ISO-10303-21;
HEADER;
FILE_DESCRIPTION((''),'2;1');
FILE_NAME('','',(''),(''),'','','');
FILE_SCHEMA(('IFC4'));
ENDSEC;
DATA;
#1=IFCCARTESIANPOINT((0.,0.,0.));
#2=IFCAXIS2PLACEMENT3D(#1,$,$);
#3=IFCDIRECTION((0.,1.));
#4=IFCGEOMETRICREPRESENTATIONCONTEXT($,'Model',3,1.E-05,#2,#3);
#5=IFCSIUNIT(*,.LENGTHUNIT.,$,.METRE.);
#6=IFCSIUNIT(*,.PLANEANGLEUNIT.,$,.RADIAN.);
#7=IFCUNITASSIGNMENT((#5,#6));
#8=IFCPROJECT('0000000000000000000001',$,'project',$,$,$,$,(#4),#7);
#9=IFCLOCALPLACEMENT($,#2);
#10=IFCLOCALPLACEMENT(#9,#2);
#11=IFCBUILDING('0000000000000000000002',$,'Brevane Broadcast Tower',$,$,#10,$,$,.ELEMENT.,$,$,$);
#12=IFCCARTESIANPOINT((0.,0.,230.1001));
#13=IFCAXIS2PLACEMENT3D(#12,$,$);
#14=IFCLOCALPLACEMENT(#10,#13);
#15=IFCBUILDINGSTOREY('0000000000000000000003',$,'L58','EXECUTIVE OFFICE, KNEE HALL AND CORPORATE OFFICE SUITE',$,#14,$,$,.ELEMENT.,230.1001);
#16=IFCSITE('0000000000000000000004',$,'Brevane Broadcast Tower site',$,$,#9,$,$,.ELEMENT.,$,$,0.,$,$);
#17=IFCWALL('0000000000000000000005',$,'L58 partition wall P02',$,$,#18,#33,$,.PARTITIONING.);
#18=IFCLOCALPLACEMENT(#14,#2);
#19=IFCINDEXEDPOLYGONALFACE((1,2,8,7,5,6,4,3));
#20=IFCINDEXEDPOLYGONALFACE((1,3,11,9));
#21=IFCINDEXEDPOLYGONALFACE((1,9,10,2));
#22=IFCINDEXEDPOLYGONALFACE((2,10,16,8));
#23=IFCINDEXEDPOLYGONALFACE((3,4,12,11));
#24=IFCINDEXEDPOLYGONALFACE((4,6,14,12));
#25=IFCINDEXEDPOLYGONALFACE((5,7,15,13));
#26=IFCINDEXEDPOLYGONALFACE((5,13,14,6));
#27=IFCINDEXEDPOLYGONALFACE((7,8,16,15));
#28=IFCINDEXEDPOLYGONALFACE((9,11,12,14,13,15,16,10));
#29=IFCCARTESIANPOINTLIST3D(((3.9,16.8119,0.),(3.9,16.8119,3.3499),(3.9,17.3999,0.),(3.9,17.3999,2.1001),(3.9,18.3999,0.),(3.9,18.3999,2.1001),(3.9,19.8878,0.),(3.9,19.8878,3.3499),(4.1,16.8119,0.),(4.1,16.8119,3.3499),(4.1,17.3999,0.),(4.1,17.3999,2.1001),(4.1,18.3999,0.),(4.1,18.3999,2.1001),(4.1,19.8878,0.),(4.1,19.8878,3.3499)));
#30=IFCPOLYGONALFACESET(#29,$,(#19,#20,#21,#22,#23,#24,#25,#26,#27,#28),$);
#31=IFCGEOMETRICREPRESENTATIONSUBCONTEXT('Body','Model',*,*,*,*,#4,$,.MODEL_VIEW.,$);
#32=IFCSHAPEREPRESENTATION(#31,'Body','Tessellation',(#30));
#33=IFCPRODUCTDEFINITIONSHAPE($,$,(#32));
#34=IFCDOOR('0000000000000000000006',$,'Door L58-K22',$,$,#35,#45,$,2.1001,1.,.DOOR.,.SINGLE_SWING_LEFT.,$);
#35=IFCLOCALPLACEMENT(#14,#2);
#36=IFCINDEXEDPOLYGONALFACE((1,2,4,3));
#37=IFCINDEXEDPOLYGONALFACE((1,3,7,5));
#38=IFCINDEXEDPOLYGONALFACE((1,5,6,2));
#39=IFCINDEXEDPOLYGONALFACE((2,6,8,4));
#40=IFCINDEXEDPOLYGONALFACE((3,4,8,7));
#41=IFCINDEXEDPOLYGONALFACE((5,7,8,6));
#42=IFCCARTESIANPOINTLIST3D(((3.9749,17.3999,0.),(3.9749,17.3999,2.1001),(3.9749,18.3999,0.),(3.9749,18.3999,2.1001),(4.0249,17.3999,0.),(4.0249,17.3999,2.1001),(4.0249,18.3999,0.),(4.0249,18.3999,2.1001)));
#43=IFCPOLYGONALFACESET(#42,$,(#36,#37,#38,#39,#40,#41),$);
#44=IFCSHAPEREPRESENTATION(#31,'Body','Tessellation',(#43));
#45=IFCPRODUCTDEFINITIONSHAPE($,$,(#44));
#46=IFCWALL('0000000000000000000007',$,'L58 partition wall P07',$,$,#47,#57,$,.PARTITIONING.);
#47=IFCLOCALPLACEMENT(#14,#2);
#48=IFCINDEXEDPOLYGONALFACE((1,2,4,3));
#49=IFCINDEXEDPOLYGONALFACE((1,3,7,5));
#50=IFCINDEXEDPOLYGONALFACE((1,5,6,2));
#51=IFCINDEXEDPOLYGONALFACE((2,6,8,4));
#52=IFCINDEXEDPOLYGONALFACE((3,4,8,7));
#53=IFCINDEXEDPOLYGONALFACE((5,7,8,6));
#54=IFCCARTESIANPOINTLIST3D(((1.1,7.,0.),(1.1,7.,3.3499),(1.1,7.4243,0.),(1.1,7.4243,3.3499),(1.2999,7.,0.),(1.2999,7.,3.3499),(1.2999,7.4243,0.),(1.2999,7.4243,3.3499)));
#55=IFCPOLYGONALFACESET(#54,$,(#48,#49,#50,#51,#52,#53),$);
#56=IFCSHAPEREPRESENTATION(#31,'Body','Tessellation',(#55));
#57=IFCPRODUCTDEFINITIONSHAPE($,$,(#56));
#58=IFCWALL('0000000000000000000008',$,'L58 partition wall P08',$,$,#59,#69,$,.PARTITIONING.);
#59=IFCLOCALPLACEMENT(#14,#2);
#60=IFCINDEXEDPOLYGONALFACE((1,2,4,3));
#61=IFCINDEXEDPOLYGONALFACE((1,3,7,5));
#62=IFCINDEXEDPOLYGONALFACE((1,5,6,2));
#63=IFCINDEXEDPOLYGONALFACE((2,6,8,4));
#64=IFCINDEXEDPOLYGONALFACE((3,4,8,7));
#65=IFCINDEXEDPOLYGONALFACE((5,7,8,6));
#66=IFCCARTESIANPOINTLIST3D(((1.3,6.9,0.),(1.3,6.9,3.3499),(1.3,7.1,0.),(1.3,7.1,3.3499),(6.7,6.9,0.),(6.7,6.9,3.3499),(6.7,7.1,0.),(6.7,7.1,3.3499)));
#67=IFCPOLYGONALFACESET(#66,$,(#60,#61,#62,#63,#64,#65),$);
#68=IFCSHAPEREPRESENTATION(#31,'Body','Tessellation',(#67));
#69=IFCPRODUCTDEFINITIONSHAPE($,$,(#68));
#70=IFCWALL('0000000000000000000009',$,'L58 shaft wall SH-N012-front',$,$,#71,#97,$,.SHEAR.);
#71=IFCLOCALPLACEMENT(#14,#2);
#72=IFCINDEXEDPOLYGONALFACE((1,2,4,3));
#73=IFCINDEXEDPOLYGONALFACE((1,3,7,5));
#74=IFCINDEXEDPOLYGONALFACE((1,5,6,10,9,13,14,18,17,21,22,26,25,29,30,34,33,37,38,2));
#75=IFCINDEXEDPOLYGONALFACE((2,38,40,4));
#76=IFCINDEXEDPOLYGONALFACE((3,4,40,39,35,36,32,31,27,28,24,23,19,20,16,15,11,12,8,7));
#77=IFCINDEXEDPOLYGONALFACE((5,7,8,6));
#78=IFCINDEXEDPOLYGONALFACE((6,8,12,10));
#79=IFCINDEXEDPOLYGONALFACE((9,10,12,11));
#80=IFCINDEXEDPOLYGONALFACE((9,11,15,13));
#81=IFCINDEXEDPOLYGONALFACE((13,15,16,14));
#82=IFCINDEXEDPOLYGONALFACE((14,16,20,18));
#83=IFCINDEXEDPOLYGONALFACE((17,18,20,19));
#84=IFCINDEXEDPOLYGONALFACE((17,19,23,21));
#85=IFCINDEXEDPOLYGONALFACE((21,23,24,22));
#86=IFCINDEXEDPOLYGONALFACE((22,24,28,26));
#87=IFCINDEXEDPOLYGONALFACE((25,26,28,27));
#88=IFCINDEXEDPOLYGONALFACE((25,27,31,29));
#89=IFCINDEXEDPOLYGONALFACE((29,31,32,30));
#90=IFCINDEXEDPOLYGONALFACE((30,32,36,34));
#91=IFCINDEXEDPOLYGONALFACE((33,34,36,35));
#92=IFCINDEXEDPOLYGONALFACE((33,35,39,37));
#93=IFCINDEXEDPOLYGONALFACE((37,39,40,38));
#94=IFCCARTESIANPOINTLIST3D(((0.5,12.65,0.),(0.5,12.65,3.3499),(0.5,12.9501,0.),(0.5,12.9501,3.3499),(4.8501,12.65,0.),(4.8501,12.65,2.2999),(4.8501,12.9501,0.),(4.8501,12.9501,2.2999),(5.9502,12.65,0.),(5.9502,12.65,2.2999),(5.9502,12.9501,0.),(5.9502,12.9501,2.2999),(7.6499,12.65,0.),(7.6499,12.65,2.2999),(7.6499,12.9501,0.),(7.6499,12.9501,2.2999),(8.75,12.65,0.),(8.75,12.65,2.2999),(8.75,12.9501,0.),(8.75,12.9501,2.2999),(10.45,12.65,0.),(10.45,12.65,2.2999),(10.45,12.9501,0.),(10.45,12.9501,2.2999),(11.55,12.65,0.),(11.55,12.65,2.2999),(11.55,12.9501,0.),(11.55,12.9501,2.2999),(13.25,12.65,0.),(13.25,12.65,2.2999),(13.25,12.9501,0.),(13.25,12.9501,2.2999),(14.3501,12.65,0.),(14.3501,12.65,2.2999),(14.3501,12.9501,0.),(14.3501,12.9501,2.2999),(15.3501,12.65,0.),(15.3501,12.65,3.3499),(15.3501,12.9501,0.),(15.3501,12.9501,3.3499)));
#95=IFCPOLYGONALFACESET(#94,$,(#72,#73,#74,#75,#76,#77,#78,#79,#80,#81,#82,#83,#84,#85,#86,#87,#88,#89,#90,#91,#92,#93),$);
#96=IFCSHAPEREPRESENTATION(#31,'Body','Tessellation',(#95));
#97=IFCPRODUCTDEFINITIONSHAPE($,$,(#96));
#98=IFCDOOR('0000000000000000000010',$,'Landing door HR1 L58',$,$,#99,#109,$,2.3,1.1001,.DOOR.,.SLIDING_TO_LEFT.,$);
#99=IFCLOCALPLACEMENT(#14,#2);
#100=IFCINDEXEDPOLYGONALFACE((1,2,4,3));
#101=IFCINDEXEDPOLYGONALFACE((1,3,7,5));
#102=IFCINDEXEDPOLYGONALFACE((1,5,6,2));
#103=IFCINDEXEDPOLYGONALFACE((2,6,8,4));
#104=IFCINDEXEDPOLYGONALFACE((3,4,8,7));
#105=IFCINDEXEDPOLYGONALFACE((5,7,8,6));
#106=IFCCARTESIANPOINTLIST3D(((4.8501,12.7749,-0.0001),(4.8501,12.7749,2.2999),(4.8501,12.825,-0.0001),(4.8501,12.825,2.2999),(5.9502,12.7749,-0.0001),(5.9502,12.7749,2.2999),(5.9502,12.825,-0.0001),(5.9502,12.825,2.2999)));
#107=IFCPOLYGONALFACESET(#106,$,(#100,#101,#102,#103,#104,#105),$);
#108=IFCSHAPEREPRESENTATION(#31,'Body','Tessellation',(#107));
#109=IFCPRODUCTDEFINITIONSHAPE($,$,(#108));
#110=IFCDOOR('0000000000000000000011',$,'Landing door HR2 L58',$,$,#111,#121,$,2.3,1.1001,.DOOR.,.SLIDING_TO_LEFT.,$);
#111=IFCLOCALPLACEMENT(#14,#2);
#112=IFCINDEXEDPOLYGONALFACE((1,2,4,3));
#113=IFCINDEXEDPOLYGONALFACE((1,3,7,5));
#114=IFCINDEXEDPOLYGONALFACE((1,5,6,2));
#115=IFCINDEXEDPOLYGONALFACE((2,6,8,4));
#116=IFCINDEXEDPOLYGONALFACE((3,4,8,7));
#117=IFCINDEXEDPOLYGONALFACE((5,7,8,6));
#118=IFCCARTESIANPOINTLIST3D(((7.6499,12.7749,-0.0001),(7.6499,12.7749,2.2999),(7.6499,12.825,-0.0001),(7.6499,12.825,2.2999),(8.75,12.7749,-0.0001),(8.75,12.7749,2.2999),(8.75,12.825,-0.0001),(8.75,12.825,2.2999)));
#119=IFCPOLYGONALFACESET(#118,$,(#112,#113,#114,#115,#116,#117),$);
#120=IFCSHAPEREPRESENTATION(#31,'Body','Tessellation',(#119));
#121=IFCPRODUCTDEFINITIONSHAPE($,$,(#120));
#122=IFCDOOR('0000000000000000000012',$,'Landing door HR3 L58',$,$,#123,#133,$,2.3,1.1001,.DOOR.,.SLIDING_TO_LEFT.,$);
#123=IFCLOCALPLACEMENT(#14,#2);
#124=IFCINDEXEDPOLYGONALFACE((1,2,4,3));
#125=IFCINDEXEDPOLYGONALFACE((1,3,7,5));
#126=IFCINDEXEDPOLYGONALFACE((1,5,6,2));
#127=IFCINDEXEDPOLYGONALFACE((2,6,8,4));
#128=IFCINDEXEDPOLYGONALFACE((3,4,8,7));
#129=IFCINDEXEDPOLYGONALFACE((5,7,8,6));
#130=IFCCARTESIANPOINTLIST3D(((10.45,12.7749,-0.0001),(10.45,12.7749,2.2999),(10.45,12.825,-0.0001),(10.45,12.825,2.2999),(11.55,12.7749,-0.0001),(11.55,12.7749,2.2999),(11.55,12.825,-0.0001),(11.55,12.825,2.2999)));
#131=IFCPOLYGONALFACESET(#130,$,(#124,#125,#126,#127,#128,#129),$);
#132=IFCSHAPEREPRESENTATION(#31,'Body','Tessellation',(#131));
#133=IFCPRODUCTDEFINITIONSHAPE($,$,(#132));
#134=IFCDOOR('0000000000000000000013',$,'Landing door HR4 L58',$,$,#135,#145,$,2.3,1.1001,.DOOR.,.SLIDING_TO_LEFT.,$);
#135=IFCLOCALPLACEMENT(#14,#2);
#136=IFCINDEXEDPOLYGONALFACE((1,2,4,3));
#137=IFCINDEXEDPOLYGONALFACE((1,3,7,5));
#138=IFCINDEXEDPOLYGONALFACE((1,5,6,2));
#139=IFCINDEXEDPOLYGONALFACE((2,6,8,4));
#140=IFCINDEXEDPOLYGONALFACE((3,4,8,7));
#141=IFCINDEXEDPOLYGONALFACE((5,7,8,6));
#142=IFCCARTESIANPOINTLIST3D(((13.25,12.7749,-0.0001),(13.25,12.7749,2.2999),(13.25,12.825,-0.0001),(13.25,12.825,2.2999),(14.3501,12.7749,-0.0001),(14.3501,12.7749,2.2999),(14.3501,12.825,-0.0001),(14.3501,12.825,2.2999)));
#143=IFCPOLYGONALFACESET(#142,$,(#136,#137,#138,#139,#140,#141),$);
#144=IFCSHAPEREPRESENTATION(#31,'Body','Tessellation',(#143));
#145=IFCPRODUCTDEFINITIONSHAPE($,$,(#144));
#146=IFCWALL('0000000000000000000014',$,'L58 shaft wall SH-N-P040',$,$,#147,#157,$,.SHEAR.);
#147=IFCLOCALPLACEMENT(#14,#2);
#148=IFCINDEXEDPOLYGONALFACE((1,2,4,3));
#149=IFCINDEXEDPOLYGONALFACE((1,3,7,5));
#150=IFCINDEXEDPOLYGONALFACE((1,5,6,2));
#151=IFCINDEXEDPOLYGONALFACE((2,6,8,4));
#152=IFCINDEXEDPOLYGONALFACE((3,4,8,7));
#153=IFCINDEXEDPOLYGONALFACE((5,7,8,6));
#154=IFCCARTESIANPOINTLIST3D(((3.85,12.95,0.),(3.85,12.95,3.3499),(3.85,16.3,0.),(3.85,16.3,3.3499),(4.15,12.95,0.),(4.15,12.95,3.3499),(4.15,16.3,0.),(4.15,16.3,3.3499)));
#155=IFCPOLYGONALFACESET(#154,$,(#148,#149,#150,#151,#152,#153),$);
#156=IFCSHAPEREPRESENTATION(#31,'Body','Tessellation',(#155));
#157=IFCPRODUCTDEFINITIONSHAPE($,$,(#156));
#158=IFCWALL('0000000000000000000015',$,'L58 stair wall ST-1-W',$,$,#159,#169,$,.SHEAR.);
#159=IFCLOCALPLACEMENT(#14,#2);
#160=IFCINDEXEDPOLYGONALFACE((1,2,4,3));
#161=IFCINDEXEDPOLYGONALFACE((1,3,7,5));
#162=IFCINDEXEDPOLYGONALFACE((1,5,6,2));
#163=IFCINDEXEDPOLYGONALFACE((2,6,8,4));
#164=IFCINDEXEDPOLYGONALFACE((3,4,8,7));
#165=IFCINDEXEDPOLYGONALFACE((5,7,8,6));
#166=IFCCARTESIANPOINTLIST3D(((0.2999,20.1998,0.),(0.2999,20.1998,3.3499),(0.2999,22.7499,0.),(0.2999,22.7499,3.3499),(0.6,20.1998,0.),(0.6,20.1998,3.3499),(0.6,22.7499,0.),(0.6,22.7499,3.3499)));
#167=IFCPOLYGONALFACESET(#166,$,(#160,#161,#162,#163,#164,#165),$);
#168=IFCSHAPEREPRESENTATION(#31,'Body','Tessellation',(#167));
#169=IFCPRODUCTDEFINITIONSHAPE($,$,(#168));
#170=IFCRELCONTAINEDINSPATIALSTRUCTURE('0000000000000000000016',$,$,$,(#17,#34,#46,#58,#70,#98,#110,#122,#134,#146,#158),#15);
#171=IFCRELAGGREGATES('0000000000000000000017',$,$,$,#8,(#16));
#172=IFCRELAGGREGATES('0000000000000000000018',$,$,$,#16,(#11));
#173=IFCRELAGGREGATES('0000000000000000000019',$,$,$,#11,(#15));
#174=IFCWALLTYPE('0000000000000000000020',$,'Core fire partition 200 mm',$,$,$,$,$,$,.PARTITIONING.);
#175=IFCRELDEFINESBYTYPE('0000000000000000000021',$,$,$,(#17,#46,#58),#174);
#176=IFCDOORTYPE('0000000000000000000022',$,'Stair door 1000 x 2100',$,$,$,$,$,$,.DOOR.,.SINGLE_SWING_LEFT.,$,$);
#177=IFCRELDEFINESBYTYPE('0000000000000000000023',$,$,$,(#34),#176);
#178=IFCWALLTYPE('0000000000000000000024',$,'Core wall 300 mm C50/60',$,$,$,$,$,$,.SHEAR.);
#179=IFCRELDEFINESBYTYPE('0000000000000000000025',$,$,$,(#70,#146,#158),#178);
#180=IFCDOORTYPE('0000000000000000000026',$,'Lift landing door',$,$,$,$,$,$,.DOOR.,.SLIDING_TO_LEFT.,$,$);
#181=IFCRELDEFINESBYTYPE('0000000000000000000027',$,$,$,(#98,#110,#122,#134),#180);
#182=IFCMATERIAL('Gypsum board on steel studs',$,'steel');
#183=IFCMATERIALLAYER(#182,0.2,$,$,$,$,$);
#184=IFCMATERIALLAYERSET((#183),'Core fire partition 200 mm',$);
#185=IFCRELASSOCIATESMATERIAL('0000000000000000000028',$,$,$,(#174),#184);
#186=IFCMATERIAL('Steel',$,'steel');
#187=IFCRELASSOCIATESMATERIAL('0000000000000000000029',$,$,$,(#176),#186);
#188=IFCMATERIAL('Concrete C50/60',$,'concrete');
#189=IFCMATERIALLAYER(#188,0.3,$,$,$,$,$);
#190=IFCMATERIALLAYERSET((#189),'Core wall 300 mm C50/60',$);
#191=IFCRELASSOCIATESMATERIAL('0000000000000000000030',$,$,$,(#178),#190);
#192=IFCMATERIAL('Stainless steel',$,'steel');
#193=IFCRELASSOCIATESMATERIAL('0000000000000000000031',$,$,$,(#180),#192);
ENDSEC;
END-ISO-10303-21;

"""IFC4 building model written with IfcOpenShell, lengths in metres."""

from ifc_helpers import new_model, si_unit, direction, frame, frame_2d, origin, place, context, subcontext, project, spatial, rectangle, extrude, material, layer, layer_set, type_object, element, fill, save


model = new_model("IFC4")

# Units and contexts
model_context = context("Model", 3, precision=1e-05, world=origin(), true_north=direction((0.0, 1.0)))
body_context = subcontext(model_context, "Body", "Model", "MODEL_VIEW")
ifc_project = project(units=[si_unit("LENGTHUNIT", "METRE"), si_unit("PLANEANGLEUNIT", "RADIAN")], contexts=[model_context])

# Site, building, storey
site_placement = place(None, origin())
site = spatial("IfcSite", under=ifc_project, at=site_placement, Name="Brevane Broadcast Tower site", CompositionType="ELEMENT", RefElevation=0.0)
building_placement = place(site_placement, origin())
building = spatial("IfcBuilding", under=site, at=building_placement, Name="Brevane Broadcast Tower", CompositionType="ELEMENT")
storey_placement = place(building_placement, frame((0.0, 0.0, 230.1001)))
storey = spatial("IfcBuildingStorey", under=building, at=storey_placement, Name="L58", Description="EXECUTIVE OFFICE, KNEE HALL AND CORPORATE OFFICE SUITE", CompositionType="ELEMENT", Elevation=230.1001)

# Shared definitions
ifc_material_1 = material(Name="Gypsum board on steel studs", Category="steel")
ifc_layer_1 = layer(ifc_material_1, 0.2)
ifc_layer_set_1 = layer_set([ifc_layer_1], Name="Core fire partition 200 mm")
wall_type_1 = type_object("IfcWallType", Name="Core fire partition 200 mm", PredefinedType="PARTITIONING", material=ifc_layer_set_1)

# Wall, opening, door
wall_1_placement = place(storey_placement, frame((4.0, 19.8879, 0.0), z_axis=(0.0, 0.0, 1.0), x_axis=(0.0, -1.0, 0.0)))
wall_1 = element("IfcWall", 1, at=wall_1_placement, inside=storey, type_object=wall_type_1, Name="L58 partition wall P02", PredefinedType="PARTITIONING", context=body_context, shape_type="SweptSolid", body=[
    extrude(rectangle(XDim=3.0759, YDim=0.2, at=frame_2d((1.5381, 0.0))), origin(), (0.0, 0.0, 1.0), 3.3499),
])
opening_1_placement = place(wall_1_placement, frame((1.488, 0.0, 0.0)))
opening_1 = element("IfcOpeningElement", 2, at=opening_1_placement, cuts=wall_1, PredefinedType="OPENING", context=body_context, shape_type="SweptSolid", body=[
    extrude(rectangle(XDim=1.0, YDim=2.1001, at=frame_2d((0.5, 1.05))), frame((0.0, 0.1099, 0.0), z_axis=(0.0, -1.0, 0.0), x_axis=(1.0, 0.0, 0.0)), (0.0, 0.0, 1.0), 0.22),
])
ifc_material_2 = material(Name="Steel", Category="steel")
door_type_1 = type_object("IfcDoorType", Name="Stair door 1000 x 2100", OperationType="SINGLE_SWING_LEFT", PredefinedType="DOOR", material=ifc_material_2)
door_1_placement = place(opening_1_placement, origin())
door_1 = element("IfcDoor", 3, at=door_1_placement, inside=storey, type_object=door_type_1, Name="Door L58-K22", OperationType="SINGLE_SWING_LEFT", OverallHeight=2.1001, OverallWidth=1.0, PredefinedType="DOOR", context=body_context, shape_type="SweptSolid", body=[
    extrude(rectangle(XDim=1.0, YDim=2.1001, at=frame_2d((0.5, 1.05))), frame((0.0, 0.0249, 0.0), z_axis=(0.0, -1.0, 0.0), x_axis=(1.0, 0.0, 0.0)), (0.0, 0.0, 1.0), 0.05),
])
fill(opening_1, door_1)

# Walls
wall_2_placement = place(storey_placement, frame((1.2, 7.4243, 0.0), z_axis=(0.0, 0.0, 1.0), x_axis=(0.0, -1.0, 0.0)))
element("IfcWall", 4, at=wall_2_placement, inside=storey, type_object=wall_type_1, Name="L58 partition wall P07", PredefinedType="PARTITIONING", context=body_context, shape_type="SweptSolid", body=[
    extrude(rectangle(XDim=0.4243, YDim=0.2, at=frame_2d((0.2122, 0.0))), origin(), (0.0, 0.0, 1.0), 3.3499),
])
wall_3_placement = place(storey_placement, frame((1.3, 7.0, 0.0), z_axis=(0.0, 0.0, 1.0), x_axis=(1.0, 0.0, 0.0)))
element("IfcWall", 5, at=wall_3_placement, inside=storey, type_object=wall_type_1, Name="L58 partition wall P08", PredefinedType="PARTITIONING", context=body_context, shape_type="SweptSolid", body=[
    extrude(rectangle(XDim=5.3999, YDim=0.2, at=frame_2d((2.7, 0.0))), origin(), (0.0, 0.0, 1.0), 3.3499),
])

# Wall, openings, doors
ifc_material_3 = material(Name="Concrete C50/60", Category="concrete")
ifc_layer_2 = layer(ifc_material_3, 0.3)
ifc_layer_set_2 = layer_set([ifc_layer_2], Name="Core wall 300 mm C50/60")
wall_type_2 = type_object("IfcWallType", Name="Core wall 300 mm C50/60", PredefinedType="SHEAR", material=ifc_layer_set_2)
wall_4_placement = place(storey_placement, frame((0.5, 12.8, 0.0), z_axis=(0.0, 0.0, 1.0), x_axis=(1.0, 0.0, 0.0)))
wall_4 = element("IfcWall", 6, at=wall_4_placement, inside=storey, type_object=wall_type_2, Name="L58 shaft wall SH-N012-front", PredefinedType="SHEAR", context=body_context, shape_type="SweptSolid", body=[
    extrude(rectangle(XDim=14.8501, YDim=0.3, at=frame_2d((7.425, 0.0))), origin(), (0.0, 0.0, 1.0), 3.3499),
])
opening_2_placement = place(wall_4_placement, frame((4.3501, 0.0, 0.0)))
opening_2 = element("IfcOpeningElement", 7, at=opening_2_placement, cuts=wall_4, PredefinedType="OPENING", context=body_context, shape_type="SweptSolid", body=[
    extrude(rectangle(XDim=1.1001, YDim=2.3, at=frame_2d((0.55, 1.1499))), frame((0.0, 0.1599, 0.0), z_axis=(0.0, -1.0, 0.0), x_axis=(1.0, 0.0, 0.0)), (0.0, 0.0, 1.0), 0.3201),
])
opening_3_placement = place(wall_4_placement, frame((7.1499, 0.0, 0.0)))
opening_3 = element("IfcOpeningElement", 8, at=opening_3_placement, cuts=wall_4, PredefinedType="OPENING", context=body_context, shape_type="SweptSolid", body=[
    extrude(rectangle(XDim=1.1001, YDim=2.3, at=frame_2d((0.55, 1.1499))), frame((0.0, 0.1599, 0.0), z_axis=(0.0, -1.0, 0.0), x_axis=(1.0, 0.0, 0.0)), (0.0, 0.0, 1.0), 0.3201),
])
opening_4_placement = place(wall_4_placement, frame((9.95, 0.0, 0.0)))
opening_4 = element("IfcOpeningElement", 9, at=opening_4_placement, cuts=wall_4, PredefinedType="OPENING", context=body_context, shape_type="SweptSolid", body=[
    extrude(rectangle(XDim=1.1001, YDim=2.3, at=frame_2d((0.55, 1.1499))), frame((0.0, 0.1599, 0.0), z_axis=(0.0, -1.0, 0.0), x_axis=(1.0, 0.0, 0.0)), (0.0, 0.0, 1.0), 0.3201),
])
opening_5_placement = place(wall_4_placement, frame((12.75, 0.0, 0.0)))
opening_5 = element("IfcOpeningElement", 10, at=opening_5_placement, cuts=wall_4, PredefinedType="OPENING", context=body_context, shape_type="SweptSolid", body=[
    extrude(rectangle(XDim=1.1001, YDim=2.3, at=frame_2d((0.55, 1.1499))), frame((0.0, 0.1599, 0.0), z_axis=(0.0, -1.0, 0.0), x_axis=(1.0, 0.0, 0.0)), (0.0, 0.0, 1.0), 0.3201),
])
ifc_material_4 = material(Name="Stainless steel", Category="steel")
door_type_2 = type_object("IfcDoorType", Name="Lift landing door", OperationType="SLIDING_TO_LEFT", PredefinedType="DOOR", material=ifc_material_4)
door_2_placement = place(opening_2_placement, origin())
door_2 = element("IfcDoor", 11, at=door_2_placement, inside=storey, type_object=door_type_2, Name="Landing door HR1 L58", OperationType="SLIDING_TO_LEFT", OverallHeight=2.3, OverallWidth=1.1001, PredefinedType="DOOR", context=body_context, shape_type="SweptSolid", body=[
    extrude(rectangle(XDim=1.1001, YDim=2.3, at=frame_2d((0.55, 1.1499))), frame((0.0, 0.0249, 0.0), z_axis=(0.0, -1.0, 0.0), x_axis=(1.0, 0.0, 0.0)), (0.0, 0.0, 1.0), 0.05),
])
fill(opening_2, door_2)
door_3_placement = place(opening_3_placement, origin())
door_3 = element("IfcDoor", 12, at=door_3_placement, inside=storey, type_object=door_type_2, Name="Landing door HR2 L58", OperationType="SLIDING_TO_LEFT", OverallHeight=2.3, OverallWidth=1.1001, PredefinedType="DOOR", context=body_context, shape_type="SweptSolid", body=[
    extrude(rectangle(XDim=1.1001, YDim=2.3, at=frame_2d((0.55, 1.1499))), frame((0.0, 0.0249, 0.0), z_axis=(0.0, -1.0, 0.0), x_axis=(1.0, 0.0, 0.0)), (0.0, 0.0, 1.0), 0.05),
])
fill(opening_3, door_3)
door_4_placement = place(opening_4_placement, origin())
door_4 = element("IfcDoor", 13, at=door_4_placement, inside=storey, type_object=door_type_2, Name="Landing door HR3 L58", OperationType="SLIDING_TO_LEFT", OverallHeight=2.3, OverallWidth=1.1001, PredefinedType="DOOR", context=body_context, shape_type="SweptSolid", body=[
    extrude(rectangle(XDim=1.1001, YDim=2.3, at=frame_2d((0.55, 1.1499))), frame((0.0, 0.0249, 0.0), z_axis=(0.0, -1.0, 0.0), x_axis=(1.0, 0.0, 0.0)), (0.0, 0.0, 1.0), 0.05),
])
fill(opening_4, door_4)
door_5_placement = place(opening_5_placement, origin())
door_5 = element("IfcDoor", 14, at=door_5_placement, inside=storey, type_object=door_type_2, Name="Landing door HR4 L58", OperationType="SLIDING_TO_LEFT", OverallHeight=2.3, OverallWidth=1.1001, PredefinedType="DOOR", context=body_context, shape_type="SweptSolid", body=[
    extrude(rectangle(XDim=1.1001, YDim=2.3, at=frame_2d((0.55, 1.1499))), frame((0.0, 0.0249, 0.0), z_axis=(0.0, -1.0, 0.0), x_axis=(1.0, 0.0, 0.0)), (0.0, 0.0, 1.0), 0.05),
])
fill(opening_5, door_5)

# Walls
wall_5_placement = place(storey_placement, frame((4.0, 12.95, 0.0), z_axis=(0.0, 0.0, 1.0), x_axis=(0.0, 1.0, 0.0)))
element("IfcWall", 15, at=wall_5_placement, inside=storey, type_object=wall_type_2, Name="L58 shaft wall SH-N-P040", PredefinedType="SHEAR", context=body_context, shape_type="SweptSolid", body=[
    extrude(rectangle(XDim=3.3501, YDim=0.3, at=frame_2d((1.675, 0.0))), origin(), (0.0, 0.0, 1.0), 3.3499),
])
wall_6_placement = place(storey_placement, frame((0.45, 20.2, 0.0), z_axis=(0.0, 0.0, 1.0), x_axis=(0.0, 1.0, 0.0)))
element("IfcWall", 16, at=wall_6_placement, inside=storey, type_object=wall_type_2, Name="L58 stair wall ST-1-W", PredefinedType="SHEAR", context=body_context, shape_type="SweptSolid", body=[
    extrude(rectangle(XDim=2.55, YDim=0.3, at=frame_2d((1.2749, 0.0))), origin(), (0.0, 0.0, 1.0), 3.3499),
])

save(model, "model.ifc")
